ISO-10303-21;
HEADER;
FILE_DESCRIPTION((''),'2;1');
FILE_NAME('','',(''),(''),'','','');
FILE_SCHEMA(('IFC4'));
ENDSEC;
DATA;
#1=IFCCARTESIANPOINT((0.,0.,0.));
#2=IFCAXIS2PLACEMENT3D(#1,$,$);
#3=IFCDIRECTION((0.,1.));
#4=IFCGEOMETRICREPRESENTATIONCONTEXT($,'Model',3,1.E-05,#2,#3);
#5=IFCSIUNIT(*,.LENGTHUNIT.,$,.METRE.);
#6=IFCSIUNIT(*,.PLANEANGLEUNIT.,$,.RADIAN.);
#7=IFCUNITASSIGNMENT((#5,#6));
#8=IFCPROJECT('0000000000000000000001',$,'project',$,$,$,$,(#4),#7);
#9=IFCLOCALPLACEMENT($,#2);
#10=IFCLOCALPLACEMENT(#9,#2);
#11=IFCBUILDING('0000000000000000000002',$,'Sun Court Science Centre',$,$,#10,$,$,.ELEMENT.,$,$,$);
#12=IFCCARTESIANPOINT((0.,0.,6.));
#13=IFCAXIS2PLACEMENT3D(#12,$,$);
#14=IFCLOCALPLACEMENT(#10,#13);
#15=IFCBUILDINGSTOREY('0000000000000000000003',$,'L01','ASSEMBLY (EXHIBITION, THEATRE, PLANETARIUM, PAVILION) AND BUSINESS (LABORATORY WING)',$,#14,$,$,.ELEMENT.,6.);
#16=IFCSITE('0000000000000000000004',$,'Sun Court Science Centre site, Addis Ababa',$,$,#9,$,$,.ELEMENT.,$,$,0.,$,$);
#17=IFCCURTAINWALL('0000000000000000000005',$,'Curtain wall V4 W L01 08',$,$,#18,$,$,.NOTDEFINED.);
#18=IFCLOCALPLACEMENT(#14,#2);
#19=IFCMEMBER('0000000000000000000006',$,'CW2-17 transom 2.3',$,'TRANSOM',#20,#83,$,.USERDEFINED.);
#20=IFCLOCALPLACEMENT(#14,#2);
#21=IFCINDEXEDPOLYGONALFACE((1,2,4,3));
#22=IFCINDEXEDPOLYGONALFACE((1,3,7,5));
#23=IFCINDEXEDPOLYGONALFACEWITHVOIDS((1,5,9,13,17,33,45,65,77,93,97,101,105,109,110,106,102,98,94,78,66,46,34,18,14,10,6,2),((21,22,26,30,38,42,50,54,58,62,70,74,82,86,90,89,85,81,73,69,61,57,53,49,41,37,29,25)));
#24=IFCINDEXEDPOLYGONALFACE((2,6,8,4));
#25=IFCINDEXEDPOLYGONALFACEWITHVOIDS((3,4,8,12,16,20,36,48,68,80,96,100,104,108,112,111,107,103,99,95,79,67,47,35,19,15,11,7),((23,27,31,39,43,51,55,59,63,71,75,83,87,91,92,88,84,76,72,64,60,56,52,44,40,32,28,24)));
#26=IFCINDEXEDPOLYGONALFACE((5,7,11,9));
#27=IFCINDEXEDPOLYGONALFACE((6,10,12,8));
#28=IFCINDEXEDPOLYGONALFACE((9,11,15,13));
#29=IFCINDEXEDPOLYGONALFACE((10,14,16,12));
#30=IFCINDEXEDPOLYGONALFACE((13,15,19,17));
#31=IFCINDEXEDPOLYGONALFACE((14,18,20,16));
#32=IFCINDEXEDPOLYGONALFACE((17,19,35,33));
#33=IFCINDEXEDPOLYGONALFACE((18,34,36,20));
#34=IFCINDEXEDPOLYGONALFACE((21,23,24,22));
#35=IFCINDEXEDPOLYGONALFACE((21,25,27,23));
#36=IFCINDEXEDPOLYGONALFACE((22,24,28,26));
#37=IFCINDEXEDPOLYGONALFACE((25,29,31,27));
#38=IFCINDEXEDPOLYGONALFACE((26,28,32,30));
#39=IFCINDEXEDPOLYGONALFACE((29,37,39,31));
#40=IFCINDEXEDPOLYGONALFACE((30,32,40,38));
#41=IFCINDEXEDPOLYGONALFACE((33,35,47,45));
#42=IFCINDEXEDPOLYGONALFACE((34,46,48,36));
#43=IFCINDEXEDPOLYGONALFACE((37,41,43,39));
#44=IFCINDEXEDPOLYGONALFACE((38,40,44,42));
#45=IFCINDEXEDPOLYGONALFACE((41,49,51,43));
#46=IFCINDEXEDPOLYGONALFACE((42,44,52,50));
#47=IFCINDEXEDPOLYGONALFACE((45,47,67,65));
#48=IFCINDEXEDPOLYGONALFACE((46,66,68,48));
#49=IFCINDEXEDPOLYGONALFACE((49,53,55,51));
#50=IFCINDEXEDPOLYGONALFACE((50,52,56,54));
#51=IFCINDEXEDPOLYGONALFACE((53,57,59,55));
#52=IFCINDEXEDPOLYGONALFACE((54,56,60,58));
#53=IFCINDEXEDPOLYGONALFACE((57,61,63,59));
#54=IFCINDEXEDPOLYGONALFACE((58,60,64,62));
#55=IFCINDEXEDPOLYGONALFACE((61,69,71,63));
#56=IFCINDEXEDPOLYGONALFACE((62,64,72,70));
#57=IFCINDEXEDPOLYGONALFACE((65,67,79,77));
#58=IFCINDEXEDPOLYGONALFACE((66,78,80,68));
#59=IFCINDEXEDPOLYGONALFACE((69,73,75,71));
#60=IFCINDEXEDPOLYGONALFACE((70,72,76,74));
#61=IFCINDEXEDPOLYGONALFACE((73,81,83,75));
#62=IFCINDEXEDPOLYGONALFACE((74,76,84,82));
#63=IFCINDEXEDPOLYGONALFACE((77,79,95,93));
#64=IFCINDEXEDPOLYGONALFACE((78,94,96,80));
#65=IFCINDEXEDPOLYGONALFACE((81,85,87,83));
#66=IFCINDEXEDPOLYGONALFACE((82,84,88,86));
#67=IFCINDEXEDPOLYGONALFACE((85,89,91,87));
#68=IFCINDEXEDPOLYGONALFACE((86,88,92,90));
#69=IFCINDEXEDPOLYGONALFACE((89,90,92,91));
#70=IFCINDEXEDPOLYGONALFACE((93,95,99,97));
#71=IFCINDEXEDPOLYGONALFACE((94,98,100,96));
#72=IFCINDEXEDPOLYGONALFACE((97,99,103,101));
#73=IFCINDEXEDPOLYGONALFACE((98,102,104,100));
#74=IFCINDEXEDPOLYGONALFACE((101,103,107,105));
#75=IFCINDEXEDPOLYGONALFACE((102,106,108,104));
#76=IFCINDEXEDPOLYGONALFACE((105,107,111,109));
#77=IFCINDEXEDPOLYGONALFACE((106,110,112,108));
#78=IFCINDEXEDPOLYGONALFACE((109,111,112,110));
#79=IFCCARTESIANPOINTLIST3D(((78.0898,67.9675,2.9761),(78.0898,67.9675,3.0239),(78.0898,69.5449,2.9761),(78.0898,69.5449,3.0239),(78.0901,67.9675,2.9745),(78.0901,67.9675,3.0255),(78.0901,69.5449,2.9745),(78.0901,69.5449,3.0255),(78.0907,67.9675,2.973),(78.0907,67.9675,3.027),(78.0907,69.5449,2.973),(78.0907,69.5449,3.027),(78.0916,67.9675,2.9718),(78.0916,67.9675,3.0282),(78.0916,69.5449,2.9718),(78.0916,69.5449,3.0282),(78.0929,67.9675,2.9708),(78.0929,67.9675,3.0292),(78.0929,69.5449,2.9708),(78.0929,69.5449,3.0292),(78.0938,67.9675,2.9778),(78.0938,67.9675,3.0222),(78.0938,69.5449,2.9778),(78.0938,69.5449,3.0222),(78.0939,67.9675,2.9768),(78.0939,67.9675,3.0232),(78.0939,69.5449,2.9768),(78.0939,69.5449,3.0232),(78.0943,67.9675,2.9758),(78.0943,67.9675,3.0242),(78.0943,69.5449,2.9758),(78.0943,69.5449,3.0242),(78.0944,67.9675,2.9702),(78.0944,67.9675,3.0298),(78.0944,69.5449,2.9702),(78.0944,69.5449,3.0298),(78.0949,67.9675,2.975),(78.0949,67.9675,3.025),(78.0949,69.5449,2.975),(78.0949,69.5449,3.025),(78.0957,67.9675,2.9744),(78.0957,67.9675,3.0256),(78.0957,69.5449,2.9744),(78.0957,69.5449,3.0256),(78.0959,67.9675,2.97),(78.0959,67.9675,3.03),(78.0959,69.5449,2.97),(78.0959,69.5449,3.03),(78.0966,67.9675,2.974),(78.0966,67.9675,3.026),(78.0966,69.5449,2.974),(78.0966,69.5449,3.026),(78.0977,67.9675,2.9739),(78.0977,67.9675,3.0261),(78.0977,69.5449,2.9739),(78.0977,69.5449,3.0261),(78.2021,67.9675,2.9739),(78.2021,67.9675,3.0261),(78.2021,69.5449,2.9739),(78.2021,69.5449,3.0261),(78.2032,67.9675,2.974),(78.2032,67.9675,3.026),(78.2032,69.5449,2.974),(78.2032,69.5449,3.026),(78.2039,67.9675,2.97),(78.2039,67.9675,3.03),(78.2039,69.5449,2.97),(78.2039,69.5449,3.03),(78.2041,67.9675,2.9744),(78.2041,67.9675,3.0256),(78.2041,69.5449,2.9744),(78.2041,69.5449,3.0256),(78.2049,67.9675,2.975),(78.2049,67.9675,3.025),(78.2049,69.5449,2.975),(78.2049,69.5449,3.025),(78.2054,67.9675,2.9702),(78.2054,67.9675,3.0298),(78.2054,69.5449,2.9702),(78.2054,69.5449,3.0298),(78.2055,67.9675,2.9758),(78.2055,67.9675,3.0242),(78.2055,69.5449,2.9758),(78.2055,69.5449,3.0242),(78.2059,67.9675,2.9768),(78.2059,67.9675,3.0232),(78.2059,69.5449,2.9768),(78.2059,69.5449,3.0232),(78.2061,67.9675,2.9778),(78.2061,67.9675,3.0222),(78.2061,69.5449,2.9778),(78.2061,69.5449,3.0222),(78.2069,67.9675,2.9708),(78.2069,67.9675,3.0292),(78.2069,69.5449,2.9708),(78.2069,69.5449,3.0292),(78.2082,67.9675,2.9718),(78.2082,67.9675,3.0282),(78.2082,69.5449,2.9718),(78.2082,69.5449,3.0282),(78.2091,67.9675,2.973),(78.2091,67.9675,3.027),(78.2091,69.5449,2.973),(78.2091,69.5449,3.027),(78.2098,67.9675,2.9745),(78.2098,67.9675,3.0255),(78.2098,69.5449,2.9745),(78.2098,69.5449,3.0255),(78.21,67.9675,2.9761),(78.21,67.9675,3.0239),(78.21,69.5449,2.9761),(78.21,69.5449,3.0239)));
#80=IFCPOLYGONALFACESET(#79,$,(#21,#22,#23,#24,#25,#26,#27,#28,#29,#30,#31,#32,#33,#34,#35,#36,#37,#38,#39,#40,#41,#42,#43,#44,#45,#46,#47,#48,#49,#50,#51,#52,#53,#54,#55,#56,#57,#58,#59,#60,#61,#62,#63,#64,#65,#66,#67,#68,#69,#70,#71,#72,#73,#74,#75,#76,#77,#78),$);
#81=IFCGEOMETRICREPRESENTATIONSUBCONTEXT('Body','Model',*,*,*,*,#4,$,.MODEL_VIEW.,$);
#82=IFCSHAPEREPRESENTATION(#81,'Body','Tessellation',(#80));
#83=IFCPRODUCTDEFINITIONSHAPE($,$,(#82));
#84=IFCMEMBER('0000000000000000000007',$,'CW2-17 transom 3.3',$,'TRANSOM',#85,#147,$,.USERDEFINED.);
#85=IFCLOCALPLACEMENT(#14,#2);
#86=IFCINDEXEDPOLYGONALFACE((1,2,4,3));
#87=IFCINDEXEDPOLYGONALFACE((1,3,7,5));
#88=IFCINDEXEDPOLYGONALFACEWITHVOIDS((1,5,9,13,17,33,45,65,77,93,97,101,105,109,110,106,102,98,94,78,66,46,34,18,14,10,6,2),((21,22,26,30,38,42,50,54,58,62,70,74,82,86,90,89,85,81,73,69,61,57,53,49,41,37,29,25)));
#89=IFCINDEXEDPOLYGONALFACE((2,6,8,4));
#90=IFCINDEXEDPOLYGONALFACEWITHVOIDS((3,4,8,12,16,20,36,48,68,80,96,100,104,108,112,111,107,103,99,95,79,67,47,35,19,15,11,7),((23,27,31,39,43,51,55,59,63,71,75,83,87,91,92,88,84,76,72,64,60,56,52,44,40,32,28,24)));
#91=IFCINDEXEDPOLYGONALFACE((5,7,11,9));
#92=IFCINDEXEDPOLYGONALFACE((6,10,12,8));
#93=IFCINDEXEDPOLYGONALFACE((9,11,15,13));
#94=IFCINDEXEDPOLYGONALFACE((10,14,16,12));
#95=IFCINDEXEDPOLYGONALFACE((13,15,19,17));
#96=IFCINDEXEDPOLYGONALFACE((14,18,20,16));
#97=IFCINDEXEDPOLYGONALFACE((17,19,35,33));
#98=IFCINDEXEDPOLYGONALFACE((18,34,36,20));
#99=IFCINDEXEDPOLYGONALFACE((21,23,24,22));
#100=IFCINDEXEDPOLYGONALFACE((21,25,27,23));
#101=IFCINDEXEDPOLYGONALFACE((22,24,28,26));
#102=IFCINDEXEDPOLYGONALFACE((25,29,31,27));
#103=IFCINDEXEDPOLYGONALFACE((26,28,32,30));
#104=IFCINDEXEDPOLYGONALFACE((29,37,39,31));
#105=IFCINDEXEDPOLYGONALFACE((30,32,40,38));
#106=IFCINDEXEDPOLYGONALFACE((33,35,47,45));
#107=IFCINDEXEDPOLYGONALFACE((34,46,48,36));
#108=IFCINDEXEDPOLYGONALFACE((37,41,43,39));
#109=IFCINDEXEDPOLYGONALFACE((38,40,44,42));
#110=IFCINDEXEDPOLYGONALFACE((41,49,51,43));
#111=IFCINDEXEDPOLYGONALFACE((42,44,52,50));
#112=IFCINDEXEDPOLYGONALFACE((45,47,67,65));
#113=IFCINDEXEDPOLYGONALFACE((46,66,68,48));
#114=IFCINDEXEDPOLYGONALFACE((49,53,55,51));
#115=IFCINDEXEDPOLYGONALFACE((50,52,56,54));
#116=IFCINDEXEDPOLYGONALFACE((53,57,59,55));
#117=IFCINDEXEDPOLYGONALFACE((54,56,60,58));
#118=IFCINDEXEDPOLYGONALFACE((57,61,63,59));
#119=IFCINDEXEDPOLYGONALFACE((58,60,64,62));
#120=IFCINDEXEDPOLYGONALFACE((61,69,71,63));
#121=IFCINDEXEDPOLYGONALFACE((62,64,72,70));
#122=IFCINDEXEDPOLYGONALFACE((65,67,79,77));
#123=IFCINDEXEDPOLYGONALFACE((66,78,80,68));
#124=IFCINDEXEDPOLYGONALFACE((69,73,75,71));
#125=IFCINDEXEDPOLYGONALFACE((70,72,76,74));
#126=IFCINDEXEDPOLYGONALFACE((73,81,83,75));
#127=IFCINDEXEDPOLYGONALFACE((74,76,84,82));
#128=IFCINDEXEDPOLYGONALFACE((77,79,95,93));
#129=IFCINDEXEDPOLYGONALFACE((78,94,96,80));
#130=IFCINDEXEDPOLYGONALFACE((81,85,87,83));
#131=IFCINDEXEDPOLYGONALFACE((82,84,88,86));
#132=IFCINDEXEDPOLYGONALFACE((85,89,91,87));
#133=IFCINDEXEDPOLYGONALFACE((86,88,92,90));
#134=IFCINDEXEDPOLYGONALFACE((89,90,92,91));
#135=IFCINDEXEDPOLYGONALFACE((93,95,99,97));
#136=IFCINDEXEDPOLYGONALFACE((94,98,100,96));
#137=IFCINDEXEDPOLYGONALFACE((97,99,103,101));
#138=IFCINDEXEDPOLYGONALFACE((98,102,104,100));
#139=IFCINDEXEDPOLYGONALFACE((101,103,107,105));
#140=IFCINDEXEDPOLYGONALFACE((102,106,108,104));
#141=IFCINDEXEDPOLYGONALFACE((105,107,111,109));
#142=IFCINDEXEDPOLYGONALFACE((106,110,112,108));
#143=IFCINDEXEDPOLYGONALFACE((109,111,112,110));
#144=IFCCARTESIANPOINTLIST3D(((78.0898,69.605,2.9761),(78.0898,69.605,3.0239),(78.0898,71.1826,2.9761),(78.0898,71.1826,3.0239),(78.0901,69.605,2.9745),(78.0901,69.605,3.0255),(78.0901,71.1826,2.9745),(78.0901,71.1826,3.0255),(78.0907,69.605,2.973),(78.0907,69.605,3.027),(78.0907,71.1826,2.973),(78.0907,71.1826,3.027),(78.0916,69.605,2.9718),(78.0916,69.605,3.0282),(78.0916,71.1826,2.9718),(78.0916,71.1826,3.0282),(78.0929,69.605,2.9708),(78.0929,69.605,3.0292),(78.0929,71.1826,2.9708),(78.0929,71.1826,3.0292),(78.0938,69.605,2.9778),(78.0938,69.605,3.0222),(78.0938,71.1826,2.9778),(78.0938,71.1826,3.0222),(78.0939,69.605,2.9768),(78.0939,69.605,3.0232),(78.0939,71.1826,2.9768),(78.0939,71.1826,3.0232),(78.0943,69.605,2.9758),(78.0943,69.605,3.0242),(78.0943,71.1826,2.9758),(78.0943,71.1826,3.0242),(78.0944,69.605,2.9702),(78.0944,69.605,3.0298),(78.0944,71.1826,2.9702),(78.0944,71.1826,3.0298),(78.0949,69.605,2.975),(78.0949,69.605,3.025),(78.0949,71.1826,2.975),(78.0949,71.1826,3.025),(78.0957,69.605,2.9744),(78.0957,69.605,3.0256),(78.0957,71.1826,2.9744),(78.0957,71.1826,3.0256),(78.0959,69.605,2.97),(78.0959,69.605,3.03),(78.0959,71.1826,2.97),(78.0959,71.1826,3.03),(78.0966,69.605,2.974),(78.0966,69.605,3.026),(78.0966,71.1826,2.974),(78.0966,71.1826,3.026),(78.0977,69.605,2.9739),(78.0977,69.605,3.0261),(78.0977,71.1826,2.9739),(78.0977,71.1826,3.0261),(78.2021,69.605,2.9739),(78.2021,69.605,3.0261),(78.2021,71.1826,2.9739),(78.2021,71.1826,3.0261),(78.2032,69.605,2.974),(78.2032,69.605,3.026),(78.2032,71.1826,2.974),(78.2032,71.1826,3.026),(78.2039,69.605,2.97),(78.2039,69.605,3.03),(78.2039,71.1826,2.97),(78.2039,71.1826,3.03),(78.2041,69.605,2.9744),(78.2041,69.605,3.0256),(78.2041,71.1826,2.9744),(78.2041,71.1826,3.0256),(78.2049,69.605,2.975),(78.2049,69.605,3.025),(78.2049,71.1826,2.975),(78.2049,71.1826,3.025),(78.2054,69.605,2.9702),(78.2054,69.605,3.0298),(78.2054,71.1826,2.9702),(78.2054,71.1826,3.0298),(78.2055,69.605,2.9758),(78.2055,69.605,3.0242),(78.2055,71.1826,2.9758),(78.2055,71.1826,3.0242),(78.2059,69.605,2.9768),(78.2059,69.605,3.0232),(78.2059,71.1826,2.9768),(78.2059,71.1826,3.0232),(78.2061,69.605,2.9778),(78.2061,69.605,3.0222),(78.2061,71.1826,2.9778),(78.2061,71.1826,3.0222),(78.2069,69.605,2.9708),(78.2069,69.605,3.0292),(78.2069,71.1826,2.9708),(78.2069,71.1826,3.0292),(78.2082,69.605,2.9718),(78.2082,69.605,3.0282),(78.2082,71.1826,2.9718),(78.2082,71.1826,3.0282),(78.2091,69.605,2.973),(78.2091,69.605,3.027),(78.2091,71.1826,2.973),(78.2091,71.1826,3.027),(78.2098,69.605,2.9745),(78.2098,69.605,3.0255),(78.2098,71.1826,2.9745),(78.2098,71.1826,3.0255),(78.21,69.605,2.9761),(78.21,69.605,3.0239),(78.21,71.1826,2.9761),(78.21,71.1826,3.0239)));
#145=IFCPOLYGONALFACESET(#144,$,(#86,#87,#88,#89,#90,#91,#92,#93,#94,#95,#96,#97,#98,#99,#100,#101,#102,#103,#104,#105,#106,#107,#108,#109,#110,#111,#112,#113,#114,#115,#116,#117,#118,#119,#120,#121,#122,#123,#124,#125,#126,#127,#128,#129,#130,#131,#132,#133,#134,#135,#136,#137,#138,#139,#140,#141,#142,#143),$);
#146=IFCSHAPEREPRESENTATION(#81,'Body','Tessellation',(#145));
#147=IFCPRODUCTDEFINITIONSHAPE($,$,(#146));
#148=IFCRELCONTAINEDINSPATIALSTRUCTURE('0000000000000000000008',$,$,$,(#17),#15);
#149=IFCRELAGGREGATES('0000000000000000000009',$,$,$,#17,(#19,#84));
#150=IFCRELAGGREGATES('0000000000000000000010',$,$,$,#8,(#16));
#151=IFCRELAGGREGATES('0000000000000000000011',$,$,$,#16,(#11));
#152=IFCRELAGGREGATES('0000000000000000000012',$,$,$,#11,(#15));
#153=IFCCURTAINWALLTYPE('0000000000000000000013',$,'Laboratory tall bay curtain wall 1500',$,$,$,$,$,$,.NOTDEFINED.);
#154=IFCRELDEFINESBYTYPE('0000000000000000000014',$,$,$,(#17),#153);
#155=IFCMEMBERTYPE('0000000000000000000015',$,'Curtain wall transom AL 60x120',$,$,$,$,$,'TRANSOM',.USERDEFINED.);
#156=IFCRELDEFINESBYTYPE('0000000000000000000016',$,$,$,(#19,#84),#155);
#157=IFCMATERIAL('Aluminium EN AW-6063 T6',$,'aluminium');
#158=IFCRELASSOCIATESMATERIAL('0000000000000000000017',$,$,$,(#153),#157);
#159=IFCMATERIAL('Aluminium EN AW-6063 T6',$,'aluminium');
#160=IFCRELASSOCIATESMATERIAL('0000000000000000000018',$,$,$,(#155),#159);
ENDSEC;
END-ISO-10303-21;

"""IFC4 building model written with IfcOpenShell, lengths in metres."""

from ifc_helpers import new_model, si_unit, direction, frame, origin, origin_2d, place, context, subcontext, project, spatial, hollow_rectangle, extrude, material, material_profile, profile_set, type_object, element, aggregate, save


model = new_model("IFC4")

# Units and contexts
model_context = context("Model", 3, precision=1e-05, world=origin(), true_north=direction((0.0, 1.0)))
body_context = subcontext(model_context, "Body", "Model", "MODEL_VIEW")
ifc_project = project(units=[si_unit("LENGTHUNIT", "METRE"), si_unit("PLANEANGLEUNIT", "RADIAN")], contexts=[model_context])

# Site, building, storey
site_placement = place(None, origin())
site = spatial("IfcSite", under=ifc_project, at=site_placement, Name="Sun Court Science Centre site, Addis Ababa", CompositionType="ELEMENT", RefElevation=0.0)
building_placement = place(site_placement, origin())
building = spatial("IfcBuilding", under=site, at=building_placement, Name="Sun Court Science Centre", CompositionType="ELEMENT")
storey_placement = place(building_placement, frame((0.0, 0.0, 6.0)))
storey = spatial("IfcBuildingStorey", under=building, at=storey_placement, Name="L01", Description="ASSEMBLY (EXHIBITION, THEATRE, PLANETARIUM, PAVILION) AND BUSINESS (LABORATORY WING)", CompositionType="ELEMENT", Elevation=6.0)

# Shared definitions
ifc_material_1 = material(Name="Aluminium EN AW-6063 T6", Category="aluminium")
curtain_wall_type = type_object("IfcCurtainWallType", Name="Laboratory tall bay curtain wall 1500", PredefinedType="NOTDEFINED", material=ifc_material_1)

# Curtain wall
curtain_wall_1_placement = place(storey_placement, origin())
curtain_wall_1 = element("IfcCurtainWall", 1, at=curtain_wall_1_placement, inside=storey, type_object=curtain_wall_type, Name="Curtain wall V4 W L01 08", PredefinedType="NOTDEFINED")

# Members
ifc_material_2 = material(Name="Aluminium EN AW-6063 T6", Category="aluminium")
ifc_material_profile_1 = material_profile(ifc_material_2, hollow_rectangle(XDim=0.0601, YDim=0.1201, WallThickness=0.0039, InnerFilletRadius=0.0039, OuterFilletRadius=0.0061, at=origin_2d()), Name="AL 60x120x4")
ifc_profile_set_1 = profile_set([ifc_material_profile_1], Name="Aluminium EN AW-6063 T6")
member_type_1 = type_object("IfcMemberType", Name="Curtain wall transom AL 60x120", ElementType="TRANSOM", PredefinedType="USERDEFINED", material=ifc_profile_set_1)
member_1_placement = place(storey_placement, frame((78.1499, 67.9675, 3.0), z_axis=(0.0, 1.0, 0.0), x_axis=(0.0, 0.0, 1.0)))
member_1 = element("IfcMember", 2, at=member_1_placement, type_object=member_type_1, Name="CW2-17 transom 2.3", ObjectType="TRANSOM", PredefinedType="USERDEFINED", context=body_context, shape_type="SweptSolid", body=[
    extrude(hollow_rectangle(XDim=0.0601, YDim=0.1201, WallThickness=0.0039, InnerFilletRadius=0.0039, OuterFilletRadius=0.0061, at=origin_2d()), origin(), (0.0, 0.0, 1.0), 1.5774),
])
member_2_placement = place(storey_placement, frame((78.1499, 69.605, 3.0), z_axis=(0.0, 1.0, 0.0), x_axis=(0.0, 0.0, 1.0)))
member_2 = element("IfcMember", 3, at=member_2_placement, type_object=member_type_1, Name="CW2-17 transom 3.3", ObjectType="TRANSOM", PredefinedType="USERDEFINED", context=body_context, shape_type="SweptSolid", body=[
    extrude(hollow_rectangle(XDim=0.0601, YDim=0.1201, WallThickness=0.0039, InnerFilletRadius=0.0039, OuterFilletRadius=0.0061, at=origin_2d()), origin(), (0.0, 0.0, 1.0), 1.5776),
])

aggregate(curtain_wall_1, [member_1, member_2])

save(model, "model.ifc")
